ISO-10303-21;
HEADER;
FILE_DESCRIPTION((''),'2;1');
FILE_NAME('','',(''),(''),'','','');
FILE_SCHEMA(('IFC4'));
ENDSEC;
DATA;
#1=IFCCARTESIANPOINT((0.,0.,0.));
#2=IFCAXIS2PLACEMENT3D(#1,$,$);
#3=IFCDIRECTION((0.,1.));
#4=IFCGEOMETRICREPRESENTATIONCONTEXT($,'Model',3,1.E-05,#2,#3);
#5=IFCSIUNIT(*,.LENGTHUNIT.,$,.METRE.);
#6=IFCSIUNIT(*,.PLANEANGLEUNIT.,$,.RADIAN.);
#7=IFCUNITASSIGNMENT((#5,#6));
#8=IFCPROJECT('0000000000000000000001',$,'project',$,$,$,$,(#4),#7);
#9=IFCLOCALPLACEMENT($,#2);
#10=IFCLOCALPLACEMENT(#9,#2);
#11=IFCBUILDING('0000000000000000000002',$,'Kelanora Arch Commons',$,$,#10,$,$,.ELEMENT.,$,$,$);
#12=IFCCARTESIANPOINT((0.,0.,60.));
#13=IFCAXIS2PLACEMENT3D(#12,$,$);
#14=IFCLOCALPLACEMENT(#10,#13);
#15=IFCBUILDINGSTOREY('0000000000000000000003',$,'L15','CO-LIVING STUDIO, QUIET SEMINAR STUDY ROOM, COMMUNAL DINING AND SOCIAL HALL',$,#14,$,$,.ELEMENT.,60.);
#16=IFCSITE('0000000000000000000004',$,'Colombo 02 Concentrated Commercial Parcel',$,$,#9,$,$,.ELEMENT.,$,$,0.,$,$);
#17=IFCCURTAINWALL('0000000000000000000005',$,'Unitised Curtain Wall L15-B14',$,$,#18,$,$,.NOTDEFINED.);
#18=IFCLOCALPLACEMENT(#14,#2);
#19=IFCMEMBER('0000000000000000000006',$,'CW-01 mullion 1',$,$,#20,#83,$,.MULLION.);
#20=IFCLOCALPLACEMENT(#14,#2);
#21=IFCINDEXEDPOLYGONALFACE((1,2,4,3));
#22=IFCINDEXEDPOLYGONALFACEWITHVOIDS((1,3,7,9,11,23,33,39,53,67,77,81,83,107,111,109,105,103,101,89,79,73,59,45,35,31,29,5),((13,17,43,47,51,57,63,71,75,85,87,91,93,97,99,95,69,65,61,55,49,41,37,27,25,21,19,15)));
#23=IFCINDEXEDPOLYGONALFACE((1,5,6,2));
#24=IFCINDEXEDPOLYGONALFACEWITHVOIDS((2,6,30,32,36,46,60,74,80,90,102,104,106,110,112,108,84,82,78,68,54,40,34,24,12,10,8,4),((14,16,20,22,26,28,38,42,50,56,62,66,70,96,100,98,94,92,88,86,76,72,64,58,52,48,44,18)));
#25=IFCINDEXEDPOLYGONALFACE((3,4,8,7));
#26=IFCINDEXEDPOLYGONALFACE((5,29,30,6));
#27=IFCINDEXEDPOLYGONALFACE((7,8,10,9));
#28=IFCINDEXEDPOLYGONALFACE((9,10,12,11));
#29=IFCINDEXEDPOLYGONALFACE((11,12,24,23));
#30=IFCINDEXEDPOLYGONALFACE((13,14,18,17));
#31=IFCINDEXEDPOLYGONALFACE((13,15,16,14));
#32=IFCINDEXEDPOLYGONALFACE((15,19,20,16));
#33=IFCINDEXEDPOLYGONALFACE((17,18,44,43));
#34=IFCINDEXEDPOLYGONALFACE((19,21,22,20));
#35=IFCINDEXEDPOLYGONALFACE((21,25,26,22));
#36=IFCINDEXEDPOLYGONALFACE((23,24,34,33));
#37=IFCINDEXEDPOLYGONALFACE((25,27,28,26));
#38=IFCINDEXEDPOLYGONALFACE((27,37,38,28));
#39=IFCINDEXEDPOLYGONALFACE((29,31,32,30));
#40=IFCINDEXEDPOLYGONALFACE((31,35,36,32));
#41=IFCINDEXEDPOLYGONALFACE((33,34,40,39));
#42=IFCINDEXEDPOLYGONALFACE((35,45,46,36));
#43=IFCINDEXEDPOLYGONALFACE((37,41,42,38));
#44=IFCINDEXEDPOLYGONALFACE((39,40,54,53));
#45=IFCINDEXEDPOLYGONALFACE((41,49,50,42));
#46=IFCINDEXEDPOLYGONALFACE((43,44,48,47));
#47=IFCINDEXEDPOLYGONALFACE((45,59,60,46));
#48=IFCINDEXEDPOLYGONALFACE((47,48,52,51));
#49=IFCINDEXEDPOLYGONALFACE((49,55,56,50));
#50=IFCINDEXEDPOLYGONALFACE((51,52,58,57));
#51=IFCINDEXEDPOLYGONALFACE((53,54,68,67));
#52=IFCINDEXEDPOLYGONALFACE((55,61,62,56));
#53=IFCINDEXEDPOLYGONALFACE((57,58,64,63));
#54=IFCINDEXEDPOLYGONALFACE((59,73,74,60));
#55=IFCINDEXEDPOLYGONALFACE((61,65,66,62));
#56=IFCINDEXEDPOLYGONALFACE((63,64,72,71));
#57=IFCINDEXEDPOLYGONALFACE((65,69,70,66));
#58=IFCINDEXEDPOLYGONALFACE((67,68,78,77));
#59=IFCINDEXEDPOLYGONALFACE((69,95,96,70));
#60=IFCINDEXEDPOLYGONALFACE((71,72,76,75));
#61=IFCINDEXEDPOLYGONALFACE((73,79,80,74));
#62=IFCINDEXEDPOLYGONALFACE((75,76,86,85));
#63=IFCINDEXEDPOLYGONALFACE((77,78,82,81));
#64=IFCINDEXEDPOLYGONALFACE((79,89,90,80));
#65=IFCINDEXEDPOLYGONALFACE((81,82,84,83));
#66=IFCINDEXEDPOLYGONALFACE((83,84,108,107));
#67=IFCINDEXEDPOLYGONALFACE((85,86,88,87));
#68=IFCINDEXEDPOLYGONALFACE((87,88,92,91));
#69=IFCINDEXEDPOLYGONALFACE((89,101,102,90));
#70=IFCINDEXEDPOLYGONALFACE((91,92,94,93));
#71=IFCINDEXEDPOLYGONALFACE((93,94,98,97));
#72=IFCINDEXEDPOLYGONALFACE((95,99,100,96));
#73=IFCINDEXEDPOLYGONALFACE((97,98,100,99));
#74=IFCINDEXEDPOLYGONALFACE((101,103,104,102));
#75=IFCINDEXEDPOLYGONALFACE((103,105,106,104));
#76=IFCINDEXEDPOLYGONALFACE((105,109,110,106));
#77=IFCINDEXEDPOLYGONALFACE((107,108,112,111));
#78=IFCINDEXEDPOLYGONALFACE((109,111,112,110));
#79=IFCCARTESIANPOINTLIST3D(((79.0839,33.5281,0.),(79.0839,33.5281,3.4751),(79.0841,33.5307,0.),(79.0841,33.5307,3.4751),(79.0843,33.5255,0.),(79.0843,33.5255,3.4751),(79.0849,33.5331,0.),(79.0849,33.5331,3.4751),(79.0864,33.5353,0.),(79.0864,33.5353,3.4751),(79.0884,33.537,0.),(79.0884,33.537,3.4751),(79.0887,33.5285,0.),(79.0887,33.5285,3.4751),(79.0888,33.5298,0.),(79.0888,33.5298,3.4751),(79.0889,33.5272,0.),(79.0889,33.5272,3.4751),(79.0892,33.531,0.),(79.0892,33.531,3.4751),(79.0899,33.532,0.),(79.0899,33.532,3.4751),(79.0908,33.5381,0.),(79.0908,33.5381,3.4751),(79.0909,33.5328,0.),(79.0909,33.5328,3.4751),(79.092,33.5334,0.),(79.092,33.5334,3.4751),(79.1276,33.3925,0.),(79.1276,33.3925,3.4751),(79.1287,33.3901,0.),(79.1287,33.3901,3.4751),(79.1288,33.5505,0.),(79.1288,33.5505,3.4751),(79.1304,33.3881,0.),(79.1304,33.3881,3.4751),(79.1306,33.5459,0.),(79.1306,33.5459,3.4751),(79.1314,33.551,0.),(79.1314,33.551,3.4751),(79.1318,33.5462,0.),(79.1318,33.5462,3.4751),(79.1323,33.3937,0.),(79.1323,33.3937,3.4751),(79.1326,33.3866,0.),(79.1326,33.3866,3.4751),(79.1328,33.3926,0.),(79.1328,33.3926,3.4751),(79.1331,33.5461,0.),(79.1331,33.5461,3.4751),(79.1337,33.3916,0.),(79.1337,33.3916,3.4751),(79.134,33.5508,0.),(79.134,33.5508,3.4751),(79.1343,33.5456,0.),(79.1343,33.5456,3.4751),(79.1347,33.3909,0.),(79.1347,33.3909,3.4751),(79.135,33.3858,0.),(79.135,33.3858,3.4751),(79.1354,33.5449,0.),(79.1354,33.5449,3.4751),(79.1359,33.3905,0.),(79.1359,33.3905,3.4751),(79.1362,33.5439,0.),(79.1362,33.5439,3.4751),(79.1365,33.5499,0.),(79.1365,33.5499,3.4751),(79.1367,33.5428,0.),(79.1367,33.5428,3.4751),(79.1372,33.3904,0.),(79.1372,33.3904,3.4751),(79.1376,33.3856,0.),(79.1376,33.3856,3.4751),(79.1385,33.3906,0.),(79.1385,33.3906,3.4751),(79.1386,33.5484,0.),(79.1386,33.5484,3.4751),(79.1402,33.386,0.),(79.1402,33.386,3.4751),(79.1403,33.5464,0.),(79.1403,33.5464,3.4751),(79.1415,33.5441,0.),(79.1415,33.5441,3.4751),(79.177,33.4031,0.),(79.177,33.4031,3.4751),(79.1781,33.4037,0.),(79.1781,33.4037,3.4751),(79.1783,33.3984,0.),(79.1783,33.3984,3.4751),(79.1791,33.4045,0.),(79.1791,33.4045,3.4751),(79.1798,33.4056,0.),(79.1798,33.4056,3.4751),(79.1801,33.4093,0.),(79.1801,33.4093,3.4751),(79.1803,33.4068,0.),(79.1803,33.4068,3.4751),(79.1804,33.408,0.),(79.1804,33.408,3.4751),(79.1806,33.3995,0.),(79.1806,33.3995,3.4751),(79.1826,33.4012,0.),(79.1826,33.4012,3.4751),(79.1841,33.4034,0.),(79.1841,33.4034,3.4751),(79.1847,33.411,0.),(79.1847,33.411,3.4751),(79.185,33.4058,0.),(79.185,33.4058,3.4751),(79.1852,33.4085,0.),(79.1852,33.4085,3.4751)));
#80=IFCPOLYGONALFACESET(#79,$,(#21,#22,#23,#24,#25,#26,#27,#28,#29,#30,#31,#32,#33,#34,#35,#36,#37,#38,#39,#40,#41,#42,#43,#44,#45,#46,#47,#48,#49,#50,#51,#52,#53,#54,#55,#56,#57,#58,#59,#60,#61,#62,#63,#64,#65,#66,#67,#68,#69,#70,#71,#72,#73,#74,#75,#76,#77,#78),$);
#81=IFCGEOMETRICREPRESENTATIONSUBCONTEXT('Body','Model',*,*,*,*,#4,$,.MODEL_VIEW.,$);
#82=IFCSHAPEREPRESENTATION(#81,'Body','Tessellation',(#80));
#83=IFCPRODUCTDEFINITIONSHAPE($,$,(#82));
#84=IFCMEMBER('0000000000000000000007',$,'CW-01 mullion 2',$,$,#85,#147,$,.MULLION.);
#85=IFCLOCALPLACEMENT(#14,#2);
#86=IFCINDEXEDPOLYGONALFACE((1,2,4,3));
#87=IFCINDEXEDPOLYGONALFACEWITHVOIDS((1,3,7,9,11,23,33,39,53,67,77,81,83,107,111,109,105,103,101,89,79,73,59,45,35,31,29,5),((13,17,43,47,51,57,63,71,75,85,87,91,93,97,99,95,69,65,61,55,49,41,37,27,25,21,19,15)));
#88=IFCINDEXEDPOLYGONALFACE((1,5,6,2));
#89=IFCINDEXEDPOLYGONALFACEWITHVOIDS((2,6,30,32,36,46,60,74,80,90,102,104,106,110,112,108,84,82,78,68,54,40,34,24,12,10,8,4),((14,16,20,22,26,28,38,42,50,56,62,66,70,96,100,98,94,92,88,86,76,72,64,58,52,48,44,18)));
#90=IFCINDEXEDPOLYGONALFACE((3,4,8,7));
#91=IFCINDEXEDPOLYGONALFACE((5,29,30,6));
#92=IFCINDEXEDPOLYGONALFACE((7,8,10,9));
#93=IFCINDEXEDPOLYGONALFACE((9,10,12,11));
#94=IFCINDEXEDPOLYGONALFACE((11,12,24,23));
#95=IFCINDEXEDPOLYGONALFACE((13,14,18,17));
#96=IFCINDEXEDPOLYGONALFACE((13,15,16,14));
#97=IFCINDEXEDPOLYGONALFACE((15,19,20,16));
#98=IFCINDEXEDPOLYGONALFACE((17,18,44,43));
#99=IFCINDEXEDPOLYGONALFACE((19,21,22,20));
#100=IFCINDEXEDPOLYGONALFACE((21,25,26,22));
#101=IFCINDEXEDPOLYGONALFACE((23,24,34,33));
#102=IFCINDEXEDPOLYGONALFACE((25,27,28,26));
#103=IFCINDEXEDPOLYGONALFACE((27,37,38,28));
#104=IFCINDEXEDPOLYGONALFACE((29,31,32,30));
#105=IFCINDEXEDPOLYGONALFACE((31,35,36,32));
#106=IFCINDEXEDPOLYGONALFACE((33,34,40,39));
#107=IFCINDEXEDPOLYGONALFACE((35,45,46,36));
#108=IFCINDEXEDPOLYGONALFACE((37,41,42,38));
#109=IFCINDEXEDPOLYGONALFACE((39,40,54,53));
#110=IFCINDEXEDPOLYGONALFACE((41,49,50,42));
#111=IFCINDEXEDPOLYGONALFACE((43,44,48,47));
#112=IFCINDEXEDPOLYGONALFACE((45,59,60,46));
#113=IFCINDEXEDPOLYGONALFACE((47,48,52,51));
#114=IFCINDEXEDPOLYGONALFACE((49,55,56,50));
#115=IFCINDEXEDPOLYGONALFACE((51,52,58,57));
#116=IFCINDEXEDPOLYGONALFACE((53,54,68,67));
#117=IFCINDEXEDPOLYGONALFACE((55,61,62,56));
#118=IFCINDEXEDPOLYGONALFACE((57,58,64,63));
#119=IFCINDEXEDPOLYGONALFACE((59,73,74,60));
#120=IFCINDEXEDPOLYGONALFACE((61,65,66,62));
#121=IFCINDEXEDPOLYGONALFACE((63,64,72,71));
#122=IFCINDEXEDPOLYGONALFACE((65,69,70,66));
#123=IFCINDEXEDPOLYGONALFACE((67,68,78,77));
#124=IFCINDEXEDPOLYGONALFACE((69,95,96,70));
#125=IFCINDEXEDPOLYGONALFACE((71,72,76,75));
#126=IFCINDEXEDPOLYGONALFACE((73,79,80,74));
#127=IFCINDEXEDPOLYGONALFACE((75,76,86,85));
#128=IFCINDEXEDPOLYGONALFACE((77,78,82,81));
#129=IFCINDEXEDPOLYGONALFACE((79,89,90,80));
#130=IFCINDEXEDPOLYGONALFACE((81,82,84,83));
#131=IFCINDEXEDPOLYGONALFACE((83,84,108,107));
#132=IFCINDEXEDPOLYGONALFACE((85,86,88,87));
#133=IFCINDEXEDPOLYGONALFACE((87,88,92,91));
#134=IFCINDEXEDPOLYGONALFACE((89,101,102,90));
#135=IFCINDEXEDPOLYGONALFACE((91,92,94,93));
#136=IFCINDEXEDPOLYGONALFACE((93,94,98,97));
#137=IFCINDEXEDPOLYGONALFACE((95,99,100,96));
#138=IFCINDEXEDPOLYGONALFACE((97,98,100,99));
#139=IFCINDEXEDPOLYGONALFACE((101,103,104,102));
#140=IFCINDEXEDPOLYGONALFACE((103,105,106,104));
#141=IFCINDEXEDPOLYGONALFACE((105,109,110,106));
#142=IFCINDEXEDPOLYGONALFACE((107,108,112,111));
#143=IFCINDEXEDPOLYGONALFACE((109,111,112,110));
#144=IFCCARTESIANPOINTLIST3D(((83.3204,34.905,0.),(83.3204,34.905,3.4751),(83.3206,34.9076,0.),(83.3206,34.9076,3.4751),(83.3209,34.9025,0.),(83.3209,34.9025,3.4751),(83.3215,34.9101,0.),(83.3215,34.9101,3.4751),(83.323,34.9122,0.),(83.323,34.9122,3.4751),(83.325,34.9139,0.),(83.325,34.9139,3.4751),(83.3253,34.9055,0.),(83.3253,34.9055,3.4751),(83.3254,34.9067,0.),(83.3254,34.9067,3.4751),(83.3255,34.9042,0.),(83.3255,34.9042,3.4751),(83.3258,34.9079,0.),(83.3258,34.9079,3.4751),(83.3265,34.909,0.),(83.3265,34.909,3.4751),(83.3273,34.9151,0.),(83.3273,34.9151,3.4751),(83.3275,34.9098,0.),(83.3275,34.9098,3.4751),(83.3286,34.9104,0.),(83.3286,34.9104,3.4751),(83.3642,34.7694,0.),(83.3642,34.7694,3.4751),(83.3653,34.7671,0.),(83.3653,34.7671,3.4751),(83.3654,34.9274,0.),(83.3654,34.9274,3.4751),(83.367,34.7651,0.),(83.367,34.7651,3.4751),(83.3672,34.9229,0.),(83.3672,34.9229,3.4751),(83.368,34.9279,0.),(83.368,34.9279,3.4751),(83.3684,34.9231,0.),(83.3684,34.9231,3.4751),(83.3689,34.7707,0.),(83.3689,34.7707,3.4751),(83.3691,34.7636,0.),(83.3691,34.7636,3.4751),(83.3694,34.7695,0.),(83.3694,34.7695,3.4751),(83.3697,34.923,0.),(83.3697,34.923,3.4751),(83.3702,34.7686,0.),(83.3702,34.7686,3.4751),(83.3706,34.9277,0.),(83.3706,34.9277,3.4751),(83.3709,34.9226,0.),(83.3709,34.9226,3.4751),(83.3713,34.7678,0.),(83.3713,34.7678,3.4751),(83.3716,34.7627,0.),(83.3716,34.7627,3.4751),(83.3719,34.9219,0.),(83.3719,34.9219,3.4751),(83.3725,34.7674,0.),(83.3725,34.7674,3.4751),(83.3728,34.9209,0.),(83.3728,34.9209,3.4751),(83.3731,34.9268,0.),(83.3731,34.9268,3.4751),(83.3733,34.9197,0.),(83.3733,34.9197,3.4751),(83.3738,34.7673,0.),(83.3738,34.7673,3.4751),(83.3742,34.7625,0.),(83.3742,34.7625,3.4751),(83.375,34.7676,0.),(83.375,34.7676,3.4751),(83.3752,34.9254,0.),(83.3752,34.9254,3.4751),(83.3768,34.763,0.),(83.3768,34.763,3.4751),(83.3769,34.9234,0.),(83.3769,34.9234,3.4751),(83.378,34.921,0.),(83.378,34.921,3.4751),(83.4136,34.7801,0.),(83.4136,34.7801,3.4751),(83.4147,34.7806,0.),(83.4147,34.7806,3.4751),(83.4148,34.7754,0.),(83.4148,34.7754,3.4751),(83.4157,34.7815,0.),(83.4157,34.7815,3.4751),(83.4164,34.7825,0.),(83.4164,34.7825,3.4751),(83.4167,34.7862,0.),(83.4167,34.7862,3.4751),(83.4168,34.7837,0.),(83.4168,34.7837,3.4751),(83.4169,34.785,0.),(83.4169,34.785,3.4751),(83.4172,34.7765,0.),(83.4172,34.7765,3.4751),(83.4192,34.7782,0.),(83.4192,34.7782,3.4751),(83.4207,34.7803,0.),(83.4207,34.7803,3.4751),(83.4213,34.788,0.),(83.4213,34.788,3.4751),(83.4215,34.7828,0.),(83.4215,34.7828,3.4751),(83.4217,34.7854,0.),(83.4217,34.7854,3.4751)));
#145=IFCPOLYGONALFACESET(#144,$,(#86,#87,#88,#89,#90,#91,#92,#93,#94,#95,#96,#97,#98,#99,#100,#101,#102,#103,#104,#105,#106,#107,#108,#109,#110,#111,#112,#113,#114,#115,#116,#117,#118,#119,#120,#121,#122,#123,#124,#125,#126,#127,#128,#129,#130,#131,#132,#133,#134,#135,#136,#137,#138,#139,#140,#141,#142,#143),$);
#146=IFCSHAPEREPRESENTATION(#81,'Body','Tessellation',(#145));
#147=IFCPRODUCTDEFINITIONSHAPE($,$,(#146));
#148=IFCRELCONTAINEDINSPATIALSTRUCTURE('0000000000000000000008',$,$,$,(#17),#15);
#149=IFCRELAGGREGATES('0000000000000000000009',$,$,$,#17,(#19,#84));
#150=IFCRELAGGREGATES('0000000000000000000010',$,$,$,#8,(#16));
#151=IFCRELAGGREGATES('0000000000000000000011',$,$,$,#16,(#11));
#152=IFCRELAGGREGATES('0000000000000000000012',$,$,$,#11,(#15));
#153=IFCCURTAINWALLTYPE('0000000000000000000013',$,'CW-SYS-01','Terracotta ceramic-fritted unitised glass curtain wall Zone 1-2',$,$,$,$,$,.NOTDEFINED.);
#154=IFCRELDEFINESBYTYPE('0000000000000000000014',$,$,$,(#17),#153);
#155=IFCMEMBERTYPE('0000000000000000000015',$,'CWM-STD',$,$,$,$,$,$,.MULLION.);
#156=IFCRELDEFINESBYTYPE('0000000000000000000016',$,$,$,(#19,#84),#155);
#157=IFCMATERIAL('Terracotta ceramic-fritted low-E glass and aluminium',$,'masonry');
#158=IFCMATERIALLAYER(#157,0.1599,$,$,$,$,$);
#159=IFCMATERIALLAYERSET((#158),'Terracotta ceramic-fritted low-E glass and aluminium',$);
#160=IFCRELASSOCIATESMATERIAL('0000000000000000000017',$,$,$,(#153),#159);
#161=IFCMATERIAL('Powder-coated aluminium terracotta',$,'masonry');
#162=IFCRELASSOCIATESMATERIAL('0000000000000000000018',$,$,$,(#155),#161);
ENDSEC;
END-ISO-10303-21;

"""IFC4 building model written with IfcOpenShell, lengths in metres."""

from ifc_helpers import new_model, si_unit, direction, frame, origin, origin_2d, place, context, subcontext, project, spatial, hollow_rectangle, extrude, material, layer, layer_set, material_profile, profile_set, type_object, element, aggregate, save


model = new_model("IFC4")

# Units and contexts
model_context = context("Model", 3, precision=1e-05, world=origin(), true_north=direction((0.0, 1.0)))
body_context = subcontext(model_context, "Body", "Model", "MODEL_VIEW")
ifc_project = project(units=[si_unit("LENGTHUNIT", "METRE"), si_unit("PLANEANGLEUNIT", "RADIAN")], contexts=[model_context])

# Site, building, storey
site_placement = place(None, origin())
site = spatial("IfcSite", under=ifc_project, at=site_placement, Name="Colombo 02 Concentrated Commercial Parcel", CompositionType="ELEMENT", RefElevation=0.0)
building_placement = place(site_placement, origin())
building = spatial("IfcBuilding", under=site, at=building_placement, Name="Kelanora Arch Commons", CompositionType="ELEMENT")
storey_placement = place(building_placement, frame((0.0, 0.0, 60.0)))
storey = spatial("IfcBuildingStorey", under=building, at=storey_placement, Name="L15", Description="CO-LIVING STUDIO, QUIET SEMINAR STUDY ROOM, COMMUNAL DINING AND SOCIAL HALL", CompositionType="ELEMENT", Elevation=60.0)

# Curtain wall, members
ifc_material_1 = material(Name="Terracotta ceramic-fritted low-E glass and aluminium", Category="masonry")
ifc_layer_1 = layer(ifc_material_1, 0.1599)
ifc_layer_set_1 = layer_set([ifc_layer_1], Name="Terracotta ceramic-fritted low-E glass and aluminium")
curtain_wall_type = type_object("IfcCurtainWallType", Name="CW-SYS-01", Description="Terracotta ceramic-fritted unitised glass curtain wall Zone 1-2", PredefinedType="NOTDEFINED", material=ifc_layer_set_1)
curtain_wall_placement = place(storey_placement, origin())
curtain_wall = element("IfcCurtainWall", 1, at=curtain_wall_placement, inside=storey, type_object=curtain_wall_type, Name="Unitised Curtain Wall L15-B14", PredefinedType="NOTDEFINED")
ifc_material_2 = material(Name="Powder-coated aluminium terracotta", Category="masonry")
ifc_material_profile_1 = material_profile(ifc_material_2, hollow_rectangle(XDim=0.1599, YDim=0.0601, WallThickness=0.0049, InnerFilletRadius=0.0049, OuterFilletRadius=0.01, at=origin_2d()), Name="CWM160x60")
ifc_profile_set_1 = profile_set([ifc_material_profile_1], Name="Powder-coated aluminium terracotta")
member_type_1 = type_object("IfcMemberType", Name="CWM-STD", PredefinedType="MULLION", material=ifc_profile_set_1)
member_1_placement = place(storey_placement, frame((79.1345, 33.4683, 0.0), z_axis=(0.0, 0.0, 1.0), x_axis=(-0.309058, 0.951043, 0.0)))
member_1 = element("IfcMember", 2, at=member_1_placement, type_object=member_type_1, Name="CW-01 mullion 1", PredefinedType="MULLION", context=body_context, shape_type="SweptSolid", body=[
    extrude(hollow_rectangle(XDim=0.1599, YDim=0.0601, WallThickness=0.0049, InnerFilletRadius=0.0049, OuterFilletRadius=0.01, at=origin_2d()), origin(), (0.0, 0.0, 1.0), 3.4751),
])
member_2_placement = place(storey_placement, frame((83.3711, 34.8452, 0.0), z_axis=(0.0, 0.0, 1.0), x_axis=(-0.309058, 0.951043, 0.0)))
member_2 = element("IfcMember", 3, at=member_2_placement, type_object=member_type_1, Name="CW-01 mullion 2", PredefinedType="MULLION", context=body_context, shape_type="SweptSolid", body=[
    extrude(hollow_rectangle(XDim=0.1599, YDim=0.0601, WallThickness=0.0049, InnerFilletRadius=0.0049, OuterFilletRadius=0.01, at=origin_2d()), origin(), (0.0, 0.0, 1.0), 3.4751),
])
aggregate(curtain_wall, [member_1, member_2])

save(model, "model.ifc")
